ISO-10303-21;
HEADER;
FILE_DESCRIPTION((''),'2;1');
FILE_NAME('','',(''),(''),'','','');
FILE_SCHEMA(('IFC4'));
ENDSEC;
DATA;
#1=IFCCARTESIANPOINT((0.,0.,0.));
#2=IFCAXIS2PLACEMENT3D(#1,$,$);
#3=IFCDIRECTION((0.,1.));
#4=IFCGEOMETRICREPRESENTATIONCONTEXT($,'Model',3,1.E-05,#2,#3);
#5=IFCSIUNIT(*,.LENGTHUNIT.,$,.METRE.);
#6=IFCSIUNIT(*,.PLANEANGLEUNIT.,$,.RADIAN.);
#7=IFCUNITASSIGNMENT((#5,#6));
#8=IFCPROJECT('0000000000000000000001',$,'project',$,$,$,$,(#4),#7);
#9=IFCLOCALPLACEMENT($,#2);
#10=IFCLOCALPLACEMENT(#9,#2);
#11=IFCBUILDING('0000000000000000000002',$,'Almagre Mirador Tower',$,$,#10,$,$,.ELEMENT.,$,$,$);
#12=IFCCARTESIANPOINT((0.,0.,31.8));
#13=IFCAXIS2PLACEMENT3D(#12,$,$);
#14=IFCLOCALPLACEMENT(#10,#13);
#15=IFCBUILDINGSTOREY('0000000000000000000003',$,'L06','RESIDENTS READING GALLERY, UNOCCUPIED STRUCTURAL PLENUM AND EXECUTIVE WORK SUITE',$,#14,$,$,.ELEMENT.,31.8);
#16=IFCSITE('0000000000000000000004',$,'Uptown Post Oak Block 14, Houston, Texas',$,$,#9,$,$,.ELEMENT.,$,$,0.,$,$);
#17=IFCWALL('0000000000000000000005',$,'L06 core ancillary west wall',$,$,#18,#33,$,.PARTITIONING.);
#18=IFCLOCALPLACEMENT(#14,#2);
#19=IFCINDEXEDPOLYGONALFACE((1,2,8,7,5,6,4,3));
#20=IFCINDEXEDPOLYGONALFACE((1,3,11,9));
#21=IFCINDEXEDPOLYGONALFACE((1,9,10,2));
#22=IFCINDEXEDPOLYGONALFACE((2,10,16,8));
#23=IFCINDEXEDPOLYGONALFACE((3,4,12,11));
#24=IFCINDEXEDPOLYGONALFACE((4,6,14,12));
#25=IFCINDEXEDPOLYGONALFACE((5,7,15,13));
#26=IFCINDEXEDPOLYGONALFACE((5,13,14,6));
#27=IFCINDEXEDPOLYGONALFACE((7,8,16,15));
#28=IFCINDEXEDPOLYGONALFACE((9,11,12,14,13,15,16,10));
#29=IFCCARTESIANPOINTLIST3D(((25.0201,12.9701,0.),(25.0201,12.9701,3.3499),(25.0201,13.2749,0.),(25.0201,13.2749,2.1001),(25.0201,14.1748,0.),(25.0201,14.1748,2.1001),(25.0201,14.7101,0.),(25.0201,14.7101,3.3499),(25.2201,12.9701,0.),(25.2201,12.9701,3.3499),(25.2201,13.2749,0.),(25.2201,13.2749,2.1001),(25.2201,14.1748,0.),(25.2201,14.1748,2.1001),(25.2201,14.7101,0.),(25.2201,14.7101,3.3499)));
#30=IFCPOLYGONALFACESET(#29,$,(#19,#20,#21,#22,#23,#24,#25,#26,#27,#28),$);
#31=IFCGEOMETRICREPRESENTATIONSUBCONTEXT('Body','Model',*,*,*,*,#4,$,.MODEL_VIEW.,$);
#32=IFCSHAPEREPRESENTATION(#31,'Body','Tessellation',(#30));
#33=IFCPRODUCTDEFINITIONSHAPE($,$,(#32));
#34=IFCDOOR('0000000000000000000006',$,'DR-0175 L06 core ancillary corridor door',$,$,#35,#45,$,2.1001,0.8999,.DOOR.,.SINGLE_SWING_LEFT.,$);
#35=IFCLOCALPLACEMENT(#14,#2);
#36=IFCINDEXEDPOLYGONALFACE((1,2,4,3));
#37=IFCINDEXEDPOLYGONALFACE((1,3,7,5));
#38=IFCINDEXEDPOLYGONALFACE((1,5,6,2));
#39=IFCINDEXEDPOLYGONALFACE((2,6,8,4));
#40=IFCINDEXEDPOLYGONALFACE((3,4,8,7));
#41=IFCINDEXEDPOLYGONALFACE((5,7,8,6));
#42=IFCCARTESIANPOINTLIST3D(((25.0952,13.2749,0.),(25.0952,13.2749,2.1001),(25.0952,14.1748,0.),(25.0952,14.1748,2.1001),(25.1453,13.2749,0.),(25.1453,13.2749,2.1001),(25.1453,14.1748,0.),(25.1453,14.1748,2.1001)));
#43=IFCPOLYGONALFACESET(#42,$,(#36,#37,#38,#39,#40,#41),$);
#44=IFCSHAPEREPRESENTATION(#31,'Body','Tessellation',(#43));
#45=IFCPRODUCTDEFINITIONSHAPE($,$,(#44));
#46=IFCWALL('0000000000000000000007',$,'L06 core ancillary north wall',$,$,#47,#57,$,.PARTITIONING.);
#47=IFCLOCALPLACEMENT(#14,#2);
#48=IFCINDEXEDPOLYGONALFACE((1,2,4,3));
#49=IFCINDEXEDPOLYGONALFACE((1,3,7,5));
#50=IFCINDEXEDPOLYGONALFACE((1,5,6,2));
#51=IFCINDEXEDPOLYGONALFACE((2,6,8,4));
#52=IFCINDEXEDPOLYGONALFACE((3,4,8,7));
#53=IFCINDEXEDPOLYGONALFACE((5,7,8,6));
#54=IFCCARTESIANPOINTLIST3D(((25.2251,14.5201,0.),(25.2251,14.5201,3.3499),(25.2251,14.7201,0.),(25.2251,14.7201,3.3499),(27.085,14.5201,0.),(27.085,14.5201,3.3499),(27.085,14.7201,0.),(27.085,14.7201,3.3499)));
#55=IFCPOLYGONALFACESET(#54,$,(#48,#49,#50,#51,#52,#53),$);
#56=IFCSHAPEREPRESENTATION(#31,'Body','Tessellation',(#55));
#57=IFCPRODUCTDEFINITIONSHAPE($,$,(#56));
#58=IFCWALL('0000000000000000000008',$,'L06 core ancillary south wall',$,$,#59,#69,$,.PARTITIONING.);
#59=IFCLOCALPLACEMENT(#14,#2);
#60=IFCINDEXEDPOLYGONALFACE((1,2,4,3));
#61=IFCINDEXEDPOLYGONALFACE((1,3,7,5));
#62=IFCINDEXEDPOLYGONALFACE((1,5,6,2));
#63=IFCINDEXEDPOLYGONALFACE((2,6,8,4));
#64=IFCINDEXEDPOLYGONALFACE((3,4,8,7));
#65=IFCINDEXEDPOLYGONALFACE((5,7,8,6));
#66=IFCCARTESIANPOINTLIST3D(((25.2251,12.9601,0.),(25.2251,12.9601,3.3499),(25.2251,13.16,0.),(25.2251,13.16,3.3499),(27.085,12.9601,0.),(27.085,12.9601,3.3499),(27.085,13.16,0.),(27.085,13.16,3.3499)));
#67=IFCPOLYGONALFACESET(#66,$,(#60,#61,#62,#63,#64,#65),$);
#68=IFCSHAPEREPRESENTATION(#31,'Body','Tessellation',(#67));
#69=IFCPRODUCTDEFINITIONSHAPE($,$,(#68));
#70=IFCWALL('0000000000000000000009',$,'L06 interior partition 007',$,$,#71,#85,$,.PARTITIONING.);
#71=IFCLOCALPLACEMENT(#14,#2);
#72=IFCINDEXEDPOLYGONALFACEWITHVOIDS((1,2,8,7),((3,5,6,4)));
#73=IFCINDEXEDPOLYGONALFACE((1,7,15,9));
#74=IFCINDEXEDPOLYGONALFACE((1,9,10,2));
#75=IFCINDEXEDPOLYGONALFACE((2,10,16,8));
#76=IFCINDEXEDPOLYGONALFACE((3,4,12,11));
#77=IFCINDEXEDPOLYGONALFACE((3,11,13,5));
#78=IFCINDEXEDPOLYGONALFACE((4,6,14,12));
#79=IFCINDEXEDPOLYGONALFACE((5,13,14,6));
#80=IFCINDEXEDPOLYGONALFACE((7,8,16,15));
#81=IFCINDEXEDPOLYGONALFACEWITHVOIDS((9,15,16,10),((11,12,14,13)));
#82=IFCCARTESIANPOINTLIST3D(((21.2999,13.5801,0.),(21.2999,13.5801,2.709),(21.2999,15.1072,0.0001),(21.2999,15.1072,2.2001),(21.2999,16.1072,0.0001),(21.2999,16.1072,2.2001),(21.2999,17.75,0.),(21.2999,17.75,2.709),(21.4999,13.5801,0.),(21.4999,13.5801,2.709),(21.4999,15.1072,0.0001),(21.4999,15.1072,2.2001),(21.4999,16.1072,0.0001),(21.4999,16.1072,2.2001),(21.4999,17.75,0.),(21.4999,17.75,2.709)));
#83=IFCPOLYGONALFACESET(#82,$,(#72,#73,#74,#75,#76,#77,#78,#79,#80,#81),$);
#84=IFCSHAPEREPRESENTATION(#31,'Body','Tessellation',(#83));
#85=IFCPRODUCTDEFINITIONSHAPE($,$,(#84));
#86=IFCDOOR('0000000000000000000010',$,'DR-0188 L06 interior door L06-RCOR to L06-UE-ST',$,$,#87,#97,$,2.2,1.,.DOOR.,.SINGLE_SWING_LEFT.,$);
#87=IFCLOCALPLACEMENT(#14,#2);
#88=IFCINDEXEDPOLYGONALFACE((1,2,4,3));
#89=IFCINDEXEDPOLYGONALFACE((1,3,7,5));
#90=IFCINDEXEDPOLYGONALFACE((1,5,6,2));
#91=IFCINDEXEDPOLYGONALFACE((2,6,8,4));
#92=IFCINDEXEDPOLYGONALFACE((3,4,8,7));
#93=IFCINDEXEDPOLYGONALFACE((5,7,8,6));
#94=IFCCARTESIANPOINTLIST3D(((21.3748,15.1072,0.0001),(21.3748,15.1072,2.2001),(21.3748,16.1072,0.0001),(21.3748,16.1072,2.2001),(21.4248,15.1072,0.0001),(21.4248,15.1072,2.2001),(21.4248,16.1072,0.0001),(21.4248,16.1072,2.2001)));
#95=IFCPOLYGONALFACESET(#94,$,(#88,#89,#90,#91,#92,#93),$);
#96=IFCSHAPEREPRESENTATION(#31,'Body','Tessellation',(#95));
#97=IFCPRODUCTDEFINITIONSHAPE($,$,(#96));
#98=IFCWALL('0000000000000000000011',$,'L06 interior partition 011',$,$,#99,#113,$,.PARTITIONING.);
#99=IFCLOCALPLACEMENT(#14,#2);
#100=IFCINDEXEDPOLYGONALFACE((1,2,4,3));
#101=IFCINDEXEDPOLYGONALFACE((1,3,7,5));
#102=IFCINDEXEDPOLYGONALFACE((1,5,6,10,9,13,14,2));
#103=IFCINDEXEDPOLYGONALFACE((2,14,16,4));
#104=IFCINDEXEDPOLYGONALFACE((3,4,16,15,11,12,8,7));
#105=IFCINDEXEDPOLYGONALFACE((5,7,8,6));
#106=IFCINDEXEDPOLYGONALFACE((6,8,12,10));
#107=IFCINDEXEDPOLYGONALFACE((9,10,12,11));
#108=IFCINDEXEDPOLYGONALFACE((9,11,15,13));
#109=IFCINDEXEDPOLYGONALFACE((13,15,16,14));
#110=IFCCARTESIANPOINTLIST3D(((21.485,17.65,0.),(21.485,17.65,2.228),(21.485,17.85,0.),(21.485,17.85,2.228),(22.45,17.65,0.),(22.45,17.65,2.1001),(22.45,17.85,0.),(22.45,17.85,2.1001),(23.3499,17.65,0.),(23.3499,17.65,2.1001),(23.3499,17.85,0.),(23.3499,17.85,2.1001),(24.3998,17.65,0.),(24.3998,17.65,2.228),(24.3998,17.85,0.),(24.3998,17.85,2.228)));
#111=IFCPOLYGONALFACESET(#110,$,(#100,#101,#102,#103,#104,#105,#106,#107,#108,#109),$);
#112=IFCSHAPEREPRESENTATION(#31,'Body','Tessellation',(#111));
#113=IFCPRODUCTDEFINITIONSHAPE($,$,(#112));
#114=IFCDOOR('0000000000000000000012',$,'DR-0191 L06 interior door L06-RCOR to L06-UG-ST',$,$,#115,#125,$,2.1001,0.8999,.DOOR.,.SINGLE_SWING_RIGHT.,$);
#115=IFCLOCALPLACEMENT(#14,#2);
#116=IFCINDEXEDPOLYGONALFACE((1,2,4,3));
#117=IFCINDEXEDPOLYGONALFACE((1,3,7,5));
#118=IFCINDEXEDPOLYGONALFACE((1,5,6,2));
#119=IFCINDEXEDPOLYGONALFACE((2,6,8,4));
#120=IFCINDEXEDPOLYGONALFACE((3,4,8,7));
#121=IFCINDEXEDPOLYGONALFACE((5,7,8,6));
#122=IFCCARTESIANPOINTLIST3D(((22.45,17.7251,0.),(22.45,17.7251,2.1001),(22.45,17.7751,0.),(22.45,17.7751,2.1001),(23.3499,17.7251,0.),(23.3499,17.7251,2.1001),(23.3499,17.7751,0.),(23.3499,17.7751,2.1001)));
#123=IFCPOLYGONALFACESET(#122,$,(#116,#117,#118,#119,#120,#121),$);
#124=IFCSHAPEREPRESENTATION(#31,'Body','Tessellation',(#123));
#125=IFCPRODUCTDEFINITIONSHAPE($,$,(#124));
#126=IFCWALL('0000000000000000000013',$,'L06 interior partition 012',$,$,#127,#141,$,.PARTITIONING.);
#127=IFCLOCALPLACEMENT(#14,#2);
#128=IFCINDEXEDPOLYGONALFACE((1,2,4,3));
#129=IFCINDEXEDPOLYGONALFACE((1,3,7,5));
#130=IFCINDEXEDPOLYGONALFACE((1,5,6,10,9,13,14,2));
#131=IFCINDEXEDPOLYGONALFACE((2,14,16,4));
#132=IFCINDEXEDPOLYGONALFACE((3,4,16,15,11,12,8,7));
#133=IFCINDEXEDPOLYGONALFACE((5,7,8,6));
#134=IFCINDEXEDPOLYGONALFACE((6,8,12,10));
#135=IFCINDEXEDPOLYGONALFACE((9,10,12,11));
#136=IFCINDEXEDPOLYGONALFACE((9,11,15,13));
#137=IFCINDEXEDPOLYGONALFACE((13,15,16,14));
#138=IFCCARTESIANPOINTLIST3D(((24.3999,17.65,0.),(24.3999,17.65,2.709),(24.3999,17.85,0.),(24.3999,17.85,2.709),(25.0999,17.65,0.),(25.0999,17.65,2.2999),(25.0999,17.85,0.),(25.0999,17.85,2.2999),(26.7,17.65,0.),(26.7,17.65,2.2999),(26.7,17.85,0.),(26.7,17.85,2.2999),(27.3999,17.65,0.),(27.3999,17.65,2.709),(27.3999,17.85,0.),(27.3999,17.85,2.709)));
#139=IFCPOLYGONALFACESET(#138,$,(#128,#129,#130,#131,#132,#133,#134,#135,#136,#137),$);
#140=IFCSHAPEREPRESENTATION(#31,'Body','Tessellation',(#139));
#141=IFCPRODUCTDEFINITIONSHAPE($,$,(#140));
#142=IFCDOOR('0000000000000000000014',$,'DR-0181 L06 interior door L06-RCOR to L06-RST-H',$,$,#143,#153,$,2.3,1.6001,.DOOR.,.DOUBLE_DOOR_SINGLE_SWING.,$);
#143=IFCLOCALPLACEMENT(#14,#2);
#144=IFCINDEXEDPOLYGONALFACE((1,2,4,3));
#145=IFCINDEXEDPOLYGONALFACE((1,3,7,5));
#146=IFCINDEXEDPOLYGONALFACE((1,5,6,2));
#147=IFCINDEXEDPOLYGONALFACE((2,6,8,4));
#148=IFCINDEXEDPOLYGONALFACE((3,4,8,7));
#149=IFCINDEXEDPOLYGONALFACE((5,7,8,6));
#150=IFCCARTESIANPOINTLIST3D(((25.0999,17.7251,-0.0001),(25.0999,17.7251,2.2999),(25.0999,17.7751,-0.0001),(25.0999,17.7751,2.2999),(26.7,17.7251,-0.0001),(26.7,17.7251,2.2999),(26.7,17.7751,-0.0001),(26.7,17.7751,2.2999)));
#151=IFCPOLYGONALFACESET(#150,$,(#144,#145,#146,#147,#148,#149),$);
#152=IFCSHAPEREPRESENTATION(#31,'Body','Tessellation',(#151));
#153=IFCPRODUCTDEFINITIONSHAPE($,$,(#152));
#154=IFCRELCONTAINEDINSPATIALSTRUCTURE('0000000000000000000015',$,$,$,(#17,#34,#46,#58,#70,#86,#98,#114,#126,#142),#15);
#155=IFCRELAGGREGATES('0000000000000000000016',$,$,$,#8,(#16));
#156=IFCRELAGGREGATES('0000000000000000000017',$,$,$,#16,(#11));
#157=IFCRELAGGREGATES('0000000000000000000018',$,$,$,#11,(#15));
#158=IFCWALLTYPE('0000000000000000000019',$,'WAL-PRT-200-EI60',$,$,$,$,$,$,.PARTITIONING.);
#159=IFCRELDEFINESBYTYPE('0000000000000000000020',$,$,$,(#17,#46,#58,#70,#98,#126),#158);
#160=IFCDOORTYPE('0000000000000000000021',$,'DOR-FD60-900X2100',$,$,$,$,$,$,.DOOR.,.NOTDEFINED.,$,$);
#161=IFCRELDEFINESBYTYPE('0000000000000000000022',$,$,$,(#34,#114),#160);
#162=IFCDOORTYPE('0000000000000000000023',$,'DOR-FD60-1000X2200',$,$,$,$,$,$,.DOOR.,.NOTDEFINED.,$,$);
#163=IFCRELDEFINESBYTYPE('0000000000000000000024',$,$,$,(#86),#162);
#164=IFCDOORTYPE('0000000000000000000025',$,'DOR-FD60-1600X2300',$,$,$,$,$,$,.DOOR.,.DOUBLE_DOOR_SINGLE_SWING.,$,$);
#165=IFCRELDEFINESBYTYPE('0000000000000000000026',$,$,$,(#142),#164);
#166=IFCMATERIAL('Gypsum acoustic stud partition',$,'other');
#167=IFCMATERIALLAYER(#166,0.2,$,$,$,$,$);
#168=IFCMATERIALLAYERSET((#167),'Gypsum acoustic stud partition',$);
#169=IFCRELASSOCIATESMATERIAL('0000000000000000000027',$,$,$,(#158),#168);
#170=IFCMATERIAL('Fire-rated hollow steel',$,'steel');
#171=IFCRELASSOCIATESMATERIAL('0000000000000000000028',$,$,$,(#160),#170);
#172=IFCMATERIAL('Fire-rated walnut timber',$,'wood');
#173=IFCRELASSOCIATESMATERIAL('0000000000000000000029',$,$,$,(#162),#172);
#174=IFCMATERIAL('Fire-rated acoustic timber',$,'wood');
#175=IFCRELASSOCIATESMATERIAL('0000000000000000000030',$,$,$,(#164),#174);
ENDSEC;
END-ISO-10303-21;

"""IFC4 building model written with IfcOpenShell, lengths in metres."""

from ifc_helpers import new_model, si_unit, direction, frame, frame_2d, origin, place, context, subcontext, project, spatial, rectangle, extrude, material, layer, layer_set, type_object, element, fill, save


model = new_model("IFC4")

# Units and contexts
model_context = context("Model", 3, precision=1e-05, world=origin(), true_north=direction((0.0, 1.0)))
body_context = subcontext(model_context, "Body", "Model", "MODEL_VIEW")
ifc_project = project(units=[si_unit("LENGTHUNIT", "METRE"), si_unit("PLANEANGLEUNIT", "RADIAN")], contexts=[model_context])

# Site, building, storey
site_placement = place(None, origin())
site = spatial("IfcSite", under=ifc_project, at=site_placement, Name="Uptown Post Oak Block 14, Houston, Texas", CompositionType="ELEMENT", RefElevation=0.0)
building_placement = place(site_placement, origin())
building = spatial("IfcBuilding", under=site, at=building_placement, Name="Almagre Mirador Tower", CompositionType="ELEMENT")
storey_placement = place(building_placement, frame((0.0, 0.0, 31.8)))
storey = spatial("IfcBuildingStorey", under=building, at=storey_placement, Name="L06", Description="RESIDENTS READING GALLERY, UNOCCUPIED STRUCTURAL PLENUM AND EXECUTIVE WORK SUITE", CompositionType="ELEMENT", Elevation=31.8)

# Wall, opening, door
ifc_material_1 = material(Name="Gypsum acoustic stud partition", Category="other")
ifc_layer_1 = layer(ifc_material_1, 0.2)
ifc_layer_set_1 = layer_set([ifc_layer_1], Name="Gypsum acoustic stud partition")
wall_type_1 = type_object("IfcWallType", Name="WAL-PRT-200-EI60", PredefinedType="PARTITIONING", material=ifc_layer_set_1)
wall_1_placement = place(storey_placement, frame((25.1201, 12.97, 0.0), z_axis=(0.0, 0.0, 1.0), x_axis=(0.0, 1.0, 0.0)))
wall_1 = element("IfcWall", 1, at=wall_1_placement, inside=storey, type_object=wall_type_1, Name="L06 core ancillary west wall", PredefinedType="PARTITIONING", context=body_context, shape_type="SweptSolid", body=[
    extrude(rectangle(XDim=1.74, YDim=0.2, at=frame_2d((0.8701, 0.0))), origin(), (0.0, 0.0, 1.0), 3.3499),
])
opening_1_placement = place(wall_1_placement, frame((0.3049, 0.0, 0.0)))
opening_1 = element("IfcOpeningElement", 2, at=opening_1_placement, cuts=wall_1, PredefinedType="OPENING", context=body_context, shape_type="SweptSolid", body=[
    extrude(rectangle(XDim=0.8999, YDim=2.1001, at=frame_2d((0.45, 1.05))), frame((0.0, 0.1101, 0.0), z_axis=(0.0, -1.0, 0.0), x_axis=(1.0, 0.0, 0.0)), (0.0, 0.0, 1.0), 0.22),
])
ifc_material_2 = material(Name="Fire-rated hollow steel", Category="steel")
door_type_1 = type_object("IfcDoorType", Name="DOR-FD60-900X2100", OperationType="NOTDEFINED", PredefinedType="DOOR", material=ifc_material_2)
door_1_placement = place(opening_1_placement, origin())
door_1 = element("IfcDoor", 3, at=door_1_placement, inside=storey, type_object=door_type_1, Name="DR-0175 L06 core ancillary corridor door", OperationType="SINGLE_SWING_LEFT", OverallHeight=2.1001, OverallWidth=0.8999, PredefinedType="DOOR", context=body_context, shape_type="SweptSolid", body=[
    extrude(rectangle(XDim=0.8999, YDim=2.1001, at=frame_2d((0.45, 1.05))), frame((0.0, 0.0249, 0.0), z_axis=(0.0, -1.0, 0.0), x_axis=(1.0, 0.0, 0.0)), (0.0, 0.0, 1.0), 0.05),
])
fill(opening_1, door_1)

# Walls
for number, where, z_axis, x_axis, name in (
    (4, (25.2251, 14.6201, 0.0), (0.0, 0.0, 1.0), (1.0, 0.0, 0.0), "L06 core ancillary north wall"),
    (5, (25.2251, 13.0601, 0.0), (0.0, 0.0, 1.0), (1.0, 0.0, 0.0), "L06 core ancillary south wall"),
):
    element("IfcWall", number, at=place(storey_placement, frame(where, z_axis=z_axis, x_axis=x_axis)), inside=storey, type_object=wall_type_1, Name=name, PredefinedType="PARTITIONING", context=body_context, shape_type="SweptSolid", body=[
        extrude(rectangle(XDim=1.8599, YDim=0.2, at=frame_2d((0.9299, 0.0))), origin(), (0.0, 0.0, 1.0), 3.3499),
    ])

# Walls, openings, doors
wall_2_placement = place(storey_placement, frame((21.3999, 17.75, 0.0), z_axis=(0.0, 0.0, 1.0), x_axis=(0.0, -1.0, 0.0)))
wall_2 = element("IfcWall", 6, at=wall_2_placement, inside=storey, type_object=wall_type_1, Name="L06 interior partition 007", PredefinedType="PARTITIONING", context=body_context, shape_type="SweptSolid", body=[
    extrude(rectangle(XDim=4.1699, YDim=0.2, at=frame_2d((2.085, 0.0))), origin(), (0.0, 0.0, 1.0), 2.709),
])
opening_2_placement = place(wall_2_placement, frame((1.6428, 0.0, 0.0)))
opening_2 = element("IfcOpeningElement", 7, at=opening_2_placement, cuts=wall_2, PredefinedType="OPENING", context=body_context, shape_type="SweptSolid", body=[
    extrude(rectangle(XDim=1.0, YDim=2.2, at=frame_2d((0.5, 1.1001))), frame((0.0, 0.1101, 0.0), z_axis=(0.0, -1.0, 0.0), x_axis=(1.0, 0.0, 0.0)), (0.0, 0.0, 1.0), 0.22),
])
ifc_material_3 = material(Name="Fire-rated walnut timber", Category="wood")
door_type_2 = type_object("IfcDoorType", Name="DOR-FD60-1000X2200", OperationType="NOTDEFINED", PredefinedType="DOOR", material=ifc_material_3)
door_2_placement = place(opening_2_placement, origin())
door_2 = element("IfcDoor", 8, at=door_2_placement, inside=storey, type_object=door_type_2, Name="DR-0188 L06 interior door L06-RCOR to L06-UE-ST", OperationType="SINGLE_SWING_LEFT", OverallHeight=2.2, OverallWidth=1.0, PredefinedType="DOOR", context=body_context, shape_type="SweptSolid", body=[
    extrude(rectangle(XDim=1.0, YDim=2.2, at=frame_2d((0.5, 1.1001))), frame((0.0, 0.0249, 0.0), z_axis=(0.0, -1.0, 0.0), x_axis=(1.0, 0.0, 0.0)), (0.0, 0.0, 1.0), 0.05),
])
fill(opening_2, door_2)
wall_3_placement = place(storey_placement, frame((24.3999, 17.75, 0.0), z_axis=(0.0, 0.0, 1.0), x_axis=(-1.0, 0.0, 0.0)))
wall_3 = element("IfcWall", 9, at=wall_3_placement, inside=storey, type_object=wall_type_1, Name="L06 interior partition 011", PredefinedType="PARTITIONING", context=body_context, shape_type="SweptSolid", body=[
    extrude(rectangle(XDim=2.9148, YDim=0.2, at=frame_2d((1.4575, 0.0))), origin(), (0.0, 0.0, 1.0), 2.228),
])
opening_3_placement = place(wall_3_placement, frame((1.05, 0.0, 0.0)))
opening_3 = element("IfcOpeningElement", 10, at=opening_3_placement, cuts=wall_3, PredefinedType="OPENING", context=body_context, shape_type="SweptSolid", body=[
    extrude(rectangle(XDim=0.8999, YDim=2.1001, at=frame_2d((0.45, 1.05))), frame((0.0, 0.1101, 0.0), z_axis=(0.0, -1.0, 0.0), x_axis=(1.0, 0.0, 0.0)), (0.0, 0.0, 1.0), 0.22),
])
door_3_placement = place(opening_3_placement, origin())
door_3 = element("IfcDoor", 11, at=door_3_placement, inside=storey, type_object=door_type_1, Name="DR-0191 L06 interior door L06-RCOR to L06-UG-ST", OperationType="SINGLE_SWING_RIGHT", OverallHeight=2.1001, OverallWidth=0.8999, PredefinedType="DOOR", context=body_context, shape_type="SweptSolid", body=[
    extrude(rectangle(XDim=0.8999, YDim=2.1001, at=frame_2d((0.45, 1.05))), frame((0.0, 0.0249, 0.0), z_axis=(0.0, -1.0, 0.0), x_axis=(1.0, 0.0, 0.0)), (0.0, 0.0, 1.0), 0.05),
])
fill(opening_3, door_3)
wall_4_placement = place(storey_placement, frame((27.3999, 17.75, 0.0), z_axis=(0.0, 0.0, 1.0), x_axis=(-1.0, 0.0, 0.0)))
wall_4 = element("IfcWall", 12, at=wall_4_placement, inside=storey, type_object=wall_type_1, Name="L06 interior partition 012", PredefinedType="PARTITIONING", context=body_context, shape_type="SweptSolid", body=[
    extrude(rectangle(XDim=3.0, YDim=0.2, at=frame_2d((1.5, 0.0))), origin(), (0.0, 0.0, 1.0), 2.709),
])
opening_4_placement = place(wall_4_placement, frame((0.7, 0.0, 0.0)))
opening_4 = element("IfcOpeningElement", 13, at=opening_4_placement, cuts=wall_4, PredefinedType="OPENING", context=body_context, shape_type="SweptSolid", body=[
    extrude(rectangle(XDim=1.6001, YDim=2.3, at=frame_2d((0.8, 1.1499))), frame((0.0, 0.1101, 0.0), z_axis=(0.0, -1.0, 0.0), x_axis=(1.0, 0.0, 0.0)), (0.0, 0.0, 1.0), 0.22),
])
ifc_material_4 = material(Name="Fire-rated acoustic timber", Category="wood")
door_type_3 = type_object("IfcDoorType", Name="DOR-FD60-1600X2300", OperationType="DOUBLE_DOOR_SINGLE_SWING", PredefinedType="DOOR", material=ifc_material_4)
door_4_placement = place(opening_4_placement, origin())
door_4 = element("IfcDoor", 14, at=door_4_placement, inside=storey, type_object=door_type_3, Name="DR-0181 L06 interior door L06-RCOR to L06-RST-H", OperationType="DOUBLE_DOOR_SINGLE_SWING", OverallHeight=2.3, OverallWidth=1.6001, PredefinedType="DOOR", context=body_context, shape_type="SweptSolid", body=[
    extrude(rectangle(XDim=1.6001, YDim=2.3, at=frame_2d((0.8, 1.1499))), frame((0.0, 0.0249, 0.0), z_axis=(0.0, -1.0, 0.0), x_axis=(1.0, 0.0, 0.0)), (0.0, 0.0, 1.0), 0.05),
])
fill(opening_4, door_4)

save(model, "model.ifc")
